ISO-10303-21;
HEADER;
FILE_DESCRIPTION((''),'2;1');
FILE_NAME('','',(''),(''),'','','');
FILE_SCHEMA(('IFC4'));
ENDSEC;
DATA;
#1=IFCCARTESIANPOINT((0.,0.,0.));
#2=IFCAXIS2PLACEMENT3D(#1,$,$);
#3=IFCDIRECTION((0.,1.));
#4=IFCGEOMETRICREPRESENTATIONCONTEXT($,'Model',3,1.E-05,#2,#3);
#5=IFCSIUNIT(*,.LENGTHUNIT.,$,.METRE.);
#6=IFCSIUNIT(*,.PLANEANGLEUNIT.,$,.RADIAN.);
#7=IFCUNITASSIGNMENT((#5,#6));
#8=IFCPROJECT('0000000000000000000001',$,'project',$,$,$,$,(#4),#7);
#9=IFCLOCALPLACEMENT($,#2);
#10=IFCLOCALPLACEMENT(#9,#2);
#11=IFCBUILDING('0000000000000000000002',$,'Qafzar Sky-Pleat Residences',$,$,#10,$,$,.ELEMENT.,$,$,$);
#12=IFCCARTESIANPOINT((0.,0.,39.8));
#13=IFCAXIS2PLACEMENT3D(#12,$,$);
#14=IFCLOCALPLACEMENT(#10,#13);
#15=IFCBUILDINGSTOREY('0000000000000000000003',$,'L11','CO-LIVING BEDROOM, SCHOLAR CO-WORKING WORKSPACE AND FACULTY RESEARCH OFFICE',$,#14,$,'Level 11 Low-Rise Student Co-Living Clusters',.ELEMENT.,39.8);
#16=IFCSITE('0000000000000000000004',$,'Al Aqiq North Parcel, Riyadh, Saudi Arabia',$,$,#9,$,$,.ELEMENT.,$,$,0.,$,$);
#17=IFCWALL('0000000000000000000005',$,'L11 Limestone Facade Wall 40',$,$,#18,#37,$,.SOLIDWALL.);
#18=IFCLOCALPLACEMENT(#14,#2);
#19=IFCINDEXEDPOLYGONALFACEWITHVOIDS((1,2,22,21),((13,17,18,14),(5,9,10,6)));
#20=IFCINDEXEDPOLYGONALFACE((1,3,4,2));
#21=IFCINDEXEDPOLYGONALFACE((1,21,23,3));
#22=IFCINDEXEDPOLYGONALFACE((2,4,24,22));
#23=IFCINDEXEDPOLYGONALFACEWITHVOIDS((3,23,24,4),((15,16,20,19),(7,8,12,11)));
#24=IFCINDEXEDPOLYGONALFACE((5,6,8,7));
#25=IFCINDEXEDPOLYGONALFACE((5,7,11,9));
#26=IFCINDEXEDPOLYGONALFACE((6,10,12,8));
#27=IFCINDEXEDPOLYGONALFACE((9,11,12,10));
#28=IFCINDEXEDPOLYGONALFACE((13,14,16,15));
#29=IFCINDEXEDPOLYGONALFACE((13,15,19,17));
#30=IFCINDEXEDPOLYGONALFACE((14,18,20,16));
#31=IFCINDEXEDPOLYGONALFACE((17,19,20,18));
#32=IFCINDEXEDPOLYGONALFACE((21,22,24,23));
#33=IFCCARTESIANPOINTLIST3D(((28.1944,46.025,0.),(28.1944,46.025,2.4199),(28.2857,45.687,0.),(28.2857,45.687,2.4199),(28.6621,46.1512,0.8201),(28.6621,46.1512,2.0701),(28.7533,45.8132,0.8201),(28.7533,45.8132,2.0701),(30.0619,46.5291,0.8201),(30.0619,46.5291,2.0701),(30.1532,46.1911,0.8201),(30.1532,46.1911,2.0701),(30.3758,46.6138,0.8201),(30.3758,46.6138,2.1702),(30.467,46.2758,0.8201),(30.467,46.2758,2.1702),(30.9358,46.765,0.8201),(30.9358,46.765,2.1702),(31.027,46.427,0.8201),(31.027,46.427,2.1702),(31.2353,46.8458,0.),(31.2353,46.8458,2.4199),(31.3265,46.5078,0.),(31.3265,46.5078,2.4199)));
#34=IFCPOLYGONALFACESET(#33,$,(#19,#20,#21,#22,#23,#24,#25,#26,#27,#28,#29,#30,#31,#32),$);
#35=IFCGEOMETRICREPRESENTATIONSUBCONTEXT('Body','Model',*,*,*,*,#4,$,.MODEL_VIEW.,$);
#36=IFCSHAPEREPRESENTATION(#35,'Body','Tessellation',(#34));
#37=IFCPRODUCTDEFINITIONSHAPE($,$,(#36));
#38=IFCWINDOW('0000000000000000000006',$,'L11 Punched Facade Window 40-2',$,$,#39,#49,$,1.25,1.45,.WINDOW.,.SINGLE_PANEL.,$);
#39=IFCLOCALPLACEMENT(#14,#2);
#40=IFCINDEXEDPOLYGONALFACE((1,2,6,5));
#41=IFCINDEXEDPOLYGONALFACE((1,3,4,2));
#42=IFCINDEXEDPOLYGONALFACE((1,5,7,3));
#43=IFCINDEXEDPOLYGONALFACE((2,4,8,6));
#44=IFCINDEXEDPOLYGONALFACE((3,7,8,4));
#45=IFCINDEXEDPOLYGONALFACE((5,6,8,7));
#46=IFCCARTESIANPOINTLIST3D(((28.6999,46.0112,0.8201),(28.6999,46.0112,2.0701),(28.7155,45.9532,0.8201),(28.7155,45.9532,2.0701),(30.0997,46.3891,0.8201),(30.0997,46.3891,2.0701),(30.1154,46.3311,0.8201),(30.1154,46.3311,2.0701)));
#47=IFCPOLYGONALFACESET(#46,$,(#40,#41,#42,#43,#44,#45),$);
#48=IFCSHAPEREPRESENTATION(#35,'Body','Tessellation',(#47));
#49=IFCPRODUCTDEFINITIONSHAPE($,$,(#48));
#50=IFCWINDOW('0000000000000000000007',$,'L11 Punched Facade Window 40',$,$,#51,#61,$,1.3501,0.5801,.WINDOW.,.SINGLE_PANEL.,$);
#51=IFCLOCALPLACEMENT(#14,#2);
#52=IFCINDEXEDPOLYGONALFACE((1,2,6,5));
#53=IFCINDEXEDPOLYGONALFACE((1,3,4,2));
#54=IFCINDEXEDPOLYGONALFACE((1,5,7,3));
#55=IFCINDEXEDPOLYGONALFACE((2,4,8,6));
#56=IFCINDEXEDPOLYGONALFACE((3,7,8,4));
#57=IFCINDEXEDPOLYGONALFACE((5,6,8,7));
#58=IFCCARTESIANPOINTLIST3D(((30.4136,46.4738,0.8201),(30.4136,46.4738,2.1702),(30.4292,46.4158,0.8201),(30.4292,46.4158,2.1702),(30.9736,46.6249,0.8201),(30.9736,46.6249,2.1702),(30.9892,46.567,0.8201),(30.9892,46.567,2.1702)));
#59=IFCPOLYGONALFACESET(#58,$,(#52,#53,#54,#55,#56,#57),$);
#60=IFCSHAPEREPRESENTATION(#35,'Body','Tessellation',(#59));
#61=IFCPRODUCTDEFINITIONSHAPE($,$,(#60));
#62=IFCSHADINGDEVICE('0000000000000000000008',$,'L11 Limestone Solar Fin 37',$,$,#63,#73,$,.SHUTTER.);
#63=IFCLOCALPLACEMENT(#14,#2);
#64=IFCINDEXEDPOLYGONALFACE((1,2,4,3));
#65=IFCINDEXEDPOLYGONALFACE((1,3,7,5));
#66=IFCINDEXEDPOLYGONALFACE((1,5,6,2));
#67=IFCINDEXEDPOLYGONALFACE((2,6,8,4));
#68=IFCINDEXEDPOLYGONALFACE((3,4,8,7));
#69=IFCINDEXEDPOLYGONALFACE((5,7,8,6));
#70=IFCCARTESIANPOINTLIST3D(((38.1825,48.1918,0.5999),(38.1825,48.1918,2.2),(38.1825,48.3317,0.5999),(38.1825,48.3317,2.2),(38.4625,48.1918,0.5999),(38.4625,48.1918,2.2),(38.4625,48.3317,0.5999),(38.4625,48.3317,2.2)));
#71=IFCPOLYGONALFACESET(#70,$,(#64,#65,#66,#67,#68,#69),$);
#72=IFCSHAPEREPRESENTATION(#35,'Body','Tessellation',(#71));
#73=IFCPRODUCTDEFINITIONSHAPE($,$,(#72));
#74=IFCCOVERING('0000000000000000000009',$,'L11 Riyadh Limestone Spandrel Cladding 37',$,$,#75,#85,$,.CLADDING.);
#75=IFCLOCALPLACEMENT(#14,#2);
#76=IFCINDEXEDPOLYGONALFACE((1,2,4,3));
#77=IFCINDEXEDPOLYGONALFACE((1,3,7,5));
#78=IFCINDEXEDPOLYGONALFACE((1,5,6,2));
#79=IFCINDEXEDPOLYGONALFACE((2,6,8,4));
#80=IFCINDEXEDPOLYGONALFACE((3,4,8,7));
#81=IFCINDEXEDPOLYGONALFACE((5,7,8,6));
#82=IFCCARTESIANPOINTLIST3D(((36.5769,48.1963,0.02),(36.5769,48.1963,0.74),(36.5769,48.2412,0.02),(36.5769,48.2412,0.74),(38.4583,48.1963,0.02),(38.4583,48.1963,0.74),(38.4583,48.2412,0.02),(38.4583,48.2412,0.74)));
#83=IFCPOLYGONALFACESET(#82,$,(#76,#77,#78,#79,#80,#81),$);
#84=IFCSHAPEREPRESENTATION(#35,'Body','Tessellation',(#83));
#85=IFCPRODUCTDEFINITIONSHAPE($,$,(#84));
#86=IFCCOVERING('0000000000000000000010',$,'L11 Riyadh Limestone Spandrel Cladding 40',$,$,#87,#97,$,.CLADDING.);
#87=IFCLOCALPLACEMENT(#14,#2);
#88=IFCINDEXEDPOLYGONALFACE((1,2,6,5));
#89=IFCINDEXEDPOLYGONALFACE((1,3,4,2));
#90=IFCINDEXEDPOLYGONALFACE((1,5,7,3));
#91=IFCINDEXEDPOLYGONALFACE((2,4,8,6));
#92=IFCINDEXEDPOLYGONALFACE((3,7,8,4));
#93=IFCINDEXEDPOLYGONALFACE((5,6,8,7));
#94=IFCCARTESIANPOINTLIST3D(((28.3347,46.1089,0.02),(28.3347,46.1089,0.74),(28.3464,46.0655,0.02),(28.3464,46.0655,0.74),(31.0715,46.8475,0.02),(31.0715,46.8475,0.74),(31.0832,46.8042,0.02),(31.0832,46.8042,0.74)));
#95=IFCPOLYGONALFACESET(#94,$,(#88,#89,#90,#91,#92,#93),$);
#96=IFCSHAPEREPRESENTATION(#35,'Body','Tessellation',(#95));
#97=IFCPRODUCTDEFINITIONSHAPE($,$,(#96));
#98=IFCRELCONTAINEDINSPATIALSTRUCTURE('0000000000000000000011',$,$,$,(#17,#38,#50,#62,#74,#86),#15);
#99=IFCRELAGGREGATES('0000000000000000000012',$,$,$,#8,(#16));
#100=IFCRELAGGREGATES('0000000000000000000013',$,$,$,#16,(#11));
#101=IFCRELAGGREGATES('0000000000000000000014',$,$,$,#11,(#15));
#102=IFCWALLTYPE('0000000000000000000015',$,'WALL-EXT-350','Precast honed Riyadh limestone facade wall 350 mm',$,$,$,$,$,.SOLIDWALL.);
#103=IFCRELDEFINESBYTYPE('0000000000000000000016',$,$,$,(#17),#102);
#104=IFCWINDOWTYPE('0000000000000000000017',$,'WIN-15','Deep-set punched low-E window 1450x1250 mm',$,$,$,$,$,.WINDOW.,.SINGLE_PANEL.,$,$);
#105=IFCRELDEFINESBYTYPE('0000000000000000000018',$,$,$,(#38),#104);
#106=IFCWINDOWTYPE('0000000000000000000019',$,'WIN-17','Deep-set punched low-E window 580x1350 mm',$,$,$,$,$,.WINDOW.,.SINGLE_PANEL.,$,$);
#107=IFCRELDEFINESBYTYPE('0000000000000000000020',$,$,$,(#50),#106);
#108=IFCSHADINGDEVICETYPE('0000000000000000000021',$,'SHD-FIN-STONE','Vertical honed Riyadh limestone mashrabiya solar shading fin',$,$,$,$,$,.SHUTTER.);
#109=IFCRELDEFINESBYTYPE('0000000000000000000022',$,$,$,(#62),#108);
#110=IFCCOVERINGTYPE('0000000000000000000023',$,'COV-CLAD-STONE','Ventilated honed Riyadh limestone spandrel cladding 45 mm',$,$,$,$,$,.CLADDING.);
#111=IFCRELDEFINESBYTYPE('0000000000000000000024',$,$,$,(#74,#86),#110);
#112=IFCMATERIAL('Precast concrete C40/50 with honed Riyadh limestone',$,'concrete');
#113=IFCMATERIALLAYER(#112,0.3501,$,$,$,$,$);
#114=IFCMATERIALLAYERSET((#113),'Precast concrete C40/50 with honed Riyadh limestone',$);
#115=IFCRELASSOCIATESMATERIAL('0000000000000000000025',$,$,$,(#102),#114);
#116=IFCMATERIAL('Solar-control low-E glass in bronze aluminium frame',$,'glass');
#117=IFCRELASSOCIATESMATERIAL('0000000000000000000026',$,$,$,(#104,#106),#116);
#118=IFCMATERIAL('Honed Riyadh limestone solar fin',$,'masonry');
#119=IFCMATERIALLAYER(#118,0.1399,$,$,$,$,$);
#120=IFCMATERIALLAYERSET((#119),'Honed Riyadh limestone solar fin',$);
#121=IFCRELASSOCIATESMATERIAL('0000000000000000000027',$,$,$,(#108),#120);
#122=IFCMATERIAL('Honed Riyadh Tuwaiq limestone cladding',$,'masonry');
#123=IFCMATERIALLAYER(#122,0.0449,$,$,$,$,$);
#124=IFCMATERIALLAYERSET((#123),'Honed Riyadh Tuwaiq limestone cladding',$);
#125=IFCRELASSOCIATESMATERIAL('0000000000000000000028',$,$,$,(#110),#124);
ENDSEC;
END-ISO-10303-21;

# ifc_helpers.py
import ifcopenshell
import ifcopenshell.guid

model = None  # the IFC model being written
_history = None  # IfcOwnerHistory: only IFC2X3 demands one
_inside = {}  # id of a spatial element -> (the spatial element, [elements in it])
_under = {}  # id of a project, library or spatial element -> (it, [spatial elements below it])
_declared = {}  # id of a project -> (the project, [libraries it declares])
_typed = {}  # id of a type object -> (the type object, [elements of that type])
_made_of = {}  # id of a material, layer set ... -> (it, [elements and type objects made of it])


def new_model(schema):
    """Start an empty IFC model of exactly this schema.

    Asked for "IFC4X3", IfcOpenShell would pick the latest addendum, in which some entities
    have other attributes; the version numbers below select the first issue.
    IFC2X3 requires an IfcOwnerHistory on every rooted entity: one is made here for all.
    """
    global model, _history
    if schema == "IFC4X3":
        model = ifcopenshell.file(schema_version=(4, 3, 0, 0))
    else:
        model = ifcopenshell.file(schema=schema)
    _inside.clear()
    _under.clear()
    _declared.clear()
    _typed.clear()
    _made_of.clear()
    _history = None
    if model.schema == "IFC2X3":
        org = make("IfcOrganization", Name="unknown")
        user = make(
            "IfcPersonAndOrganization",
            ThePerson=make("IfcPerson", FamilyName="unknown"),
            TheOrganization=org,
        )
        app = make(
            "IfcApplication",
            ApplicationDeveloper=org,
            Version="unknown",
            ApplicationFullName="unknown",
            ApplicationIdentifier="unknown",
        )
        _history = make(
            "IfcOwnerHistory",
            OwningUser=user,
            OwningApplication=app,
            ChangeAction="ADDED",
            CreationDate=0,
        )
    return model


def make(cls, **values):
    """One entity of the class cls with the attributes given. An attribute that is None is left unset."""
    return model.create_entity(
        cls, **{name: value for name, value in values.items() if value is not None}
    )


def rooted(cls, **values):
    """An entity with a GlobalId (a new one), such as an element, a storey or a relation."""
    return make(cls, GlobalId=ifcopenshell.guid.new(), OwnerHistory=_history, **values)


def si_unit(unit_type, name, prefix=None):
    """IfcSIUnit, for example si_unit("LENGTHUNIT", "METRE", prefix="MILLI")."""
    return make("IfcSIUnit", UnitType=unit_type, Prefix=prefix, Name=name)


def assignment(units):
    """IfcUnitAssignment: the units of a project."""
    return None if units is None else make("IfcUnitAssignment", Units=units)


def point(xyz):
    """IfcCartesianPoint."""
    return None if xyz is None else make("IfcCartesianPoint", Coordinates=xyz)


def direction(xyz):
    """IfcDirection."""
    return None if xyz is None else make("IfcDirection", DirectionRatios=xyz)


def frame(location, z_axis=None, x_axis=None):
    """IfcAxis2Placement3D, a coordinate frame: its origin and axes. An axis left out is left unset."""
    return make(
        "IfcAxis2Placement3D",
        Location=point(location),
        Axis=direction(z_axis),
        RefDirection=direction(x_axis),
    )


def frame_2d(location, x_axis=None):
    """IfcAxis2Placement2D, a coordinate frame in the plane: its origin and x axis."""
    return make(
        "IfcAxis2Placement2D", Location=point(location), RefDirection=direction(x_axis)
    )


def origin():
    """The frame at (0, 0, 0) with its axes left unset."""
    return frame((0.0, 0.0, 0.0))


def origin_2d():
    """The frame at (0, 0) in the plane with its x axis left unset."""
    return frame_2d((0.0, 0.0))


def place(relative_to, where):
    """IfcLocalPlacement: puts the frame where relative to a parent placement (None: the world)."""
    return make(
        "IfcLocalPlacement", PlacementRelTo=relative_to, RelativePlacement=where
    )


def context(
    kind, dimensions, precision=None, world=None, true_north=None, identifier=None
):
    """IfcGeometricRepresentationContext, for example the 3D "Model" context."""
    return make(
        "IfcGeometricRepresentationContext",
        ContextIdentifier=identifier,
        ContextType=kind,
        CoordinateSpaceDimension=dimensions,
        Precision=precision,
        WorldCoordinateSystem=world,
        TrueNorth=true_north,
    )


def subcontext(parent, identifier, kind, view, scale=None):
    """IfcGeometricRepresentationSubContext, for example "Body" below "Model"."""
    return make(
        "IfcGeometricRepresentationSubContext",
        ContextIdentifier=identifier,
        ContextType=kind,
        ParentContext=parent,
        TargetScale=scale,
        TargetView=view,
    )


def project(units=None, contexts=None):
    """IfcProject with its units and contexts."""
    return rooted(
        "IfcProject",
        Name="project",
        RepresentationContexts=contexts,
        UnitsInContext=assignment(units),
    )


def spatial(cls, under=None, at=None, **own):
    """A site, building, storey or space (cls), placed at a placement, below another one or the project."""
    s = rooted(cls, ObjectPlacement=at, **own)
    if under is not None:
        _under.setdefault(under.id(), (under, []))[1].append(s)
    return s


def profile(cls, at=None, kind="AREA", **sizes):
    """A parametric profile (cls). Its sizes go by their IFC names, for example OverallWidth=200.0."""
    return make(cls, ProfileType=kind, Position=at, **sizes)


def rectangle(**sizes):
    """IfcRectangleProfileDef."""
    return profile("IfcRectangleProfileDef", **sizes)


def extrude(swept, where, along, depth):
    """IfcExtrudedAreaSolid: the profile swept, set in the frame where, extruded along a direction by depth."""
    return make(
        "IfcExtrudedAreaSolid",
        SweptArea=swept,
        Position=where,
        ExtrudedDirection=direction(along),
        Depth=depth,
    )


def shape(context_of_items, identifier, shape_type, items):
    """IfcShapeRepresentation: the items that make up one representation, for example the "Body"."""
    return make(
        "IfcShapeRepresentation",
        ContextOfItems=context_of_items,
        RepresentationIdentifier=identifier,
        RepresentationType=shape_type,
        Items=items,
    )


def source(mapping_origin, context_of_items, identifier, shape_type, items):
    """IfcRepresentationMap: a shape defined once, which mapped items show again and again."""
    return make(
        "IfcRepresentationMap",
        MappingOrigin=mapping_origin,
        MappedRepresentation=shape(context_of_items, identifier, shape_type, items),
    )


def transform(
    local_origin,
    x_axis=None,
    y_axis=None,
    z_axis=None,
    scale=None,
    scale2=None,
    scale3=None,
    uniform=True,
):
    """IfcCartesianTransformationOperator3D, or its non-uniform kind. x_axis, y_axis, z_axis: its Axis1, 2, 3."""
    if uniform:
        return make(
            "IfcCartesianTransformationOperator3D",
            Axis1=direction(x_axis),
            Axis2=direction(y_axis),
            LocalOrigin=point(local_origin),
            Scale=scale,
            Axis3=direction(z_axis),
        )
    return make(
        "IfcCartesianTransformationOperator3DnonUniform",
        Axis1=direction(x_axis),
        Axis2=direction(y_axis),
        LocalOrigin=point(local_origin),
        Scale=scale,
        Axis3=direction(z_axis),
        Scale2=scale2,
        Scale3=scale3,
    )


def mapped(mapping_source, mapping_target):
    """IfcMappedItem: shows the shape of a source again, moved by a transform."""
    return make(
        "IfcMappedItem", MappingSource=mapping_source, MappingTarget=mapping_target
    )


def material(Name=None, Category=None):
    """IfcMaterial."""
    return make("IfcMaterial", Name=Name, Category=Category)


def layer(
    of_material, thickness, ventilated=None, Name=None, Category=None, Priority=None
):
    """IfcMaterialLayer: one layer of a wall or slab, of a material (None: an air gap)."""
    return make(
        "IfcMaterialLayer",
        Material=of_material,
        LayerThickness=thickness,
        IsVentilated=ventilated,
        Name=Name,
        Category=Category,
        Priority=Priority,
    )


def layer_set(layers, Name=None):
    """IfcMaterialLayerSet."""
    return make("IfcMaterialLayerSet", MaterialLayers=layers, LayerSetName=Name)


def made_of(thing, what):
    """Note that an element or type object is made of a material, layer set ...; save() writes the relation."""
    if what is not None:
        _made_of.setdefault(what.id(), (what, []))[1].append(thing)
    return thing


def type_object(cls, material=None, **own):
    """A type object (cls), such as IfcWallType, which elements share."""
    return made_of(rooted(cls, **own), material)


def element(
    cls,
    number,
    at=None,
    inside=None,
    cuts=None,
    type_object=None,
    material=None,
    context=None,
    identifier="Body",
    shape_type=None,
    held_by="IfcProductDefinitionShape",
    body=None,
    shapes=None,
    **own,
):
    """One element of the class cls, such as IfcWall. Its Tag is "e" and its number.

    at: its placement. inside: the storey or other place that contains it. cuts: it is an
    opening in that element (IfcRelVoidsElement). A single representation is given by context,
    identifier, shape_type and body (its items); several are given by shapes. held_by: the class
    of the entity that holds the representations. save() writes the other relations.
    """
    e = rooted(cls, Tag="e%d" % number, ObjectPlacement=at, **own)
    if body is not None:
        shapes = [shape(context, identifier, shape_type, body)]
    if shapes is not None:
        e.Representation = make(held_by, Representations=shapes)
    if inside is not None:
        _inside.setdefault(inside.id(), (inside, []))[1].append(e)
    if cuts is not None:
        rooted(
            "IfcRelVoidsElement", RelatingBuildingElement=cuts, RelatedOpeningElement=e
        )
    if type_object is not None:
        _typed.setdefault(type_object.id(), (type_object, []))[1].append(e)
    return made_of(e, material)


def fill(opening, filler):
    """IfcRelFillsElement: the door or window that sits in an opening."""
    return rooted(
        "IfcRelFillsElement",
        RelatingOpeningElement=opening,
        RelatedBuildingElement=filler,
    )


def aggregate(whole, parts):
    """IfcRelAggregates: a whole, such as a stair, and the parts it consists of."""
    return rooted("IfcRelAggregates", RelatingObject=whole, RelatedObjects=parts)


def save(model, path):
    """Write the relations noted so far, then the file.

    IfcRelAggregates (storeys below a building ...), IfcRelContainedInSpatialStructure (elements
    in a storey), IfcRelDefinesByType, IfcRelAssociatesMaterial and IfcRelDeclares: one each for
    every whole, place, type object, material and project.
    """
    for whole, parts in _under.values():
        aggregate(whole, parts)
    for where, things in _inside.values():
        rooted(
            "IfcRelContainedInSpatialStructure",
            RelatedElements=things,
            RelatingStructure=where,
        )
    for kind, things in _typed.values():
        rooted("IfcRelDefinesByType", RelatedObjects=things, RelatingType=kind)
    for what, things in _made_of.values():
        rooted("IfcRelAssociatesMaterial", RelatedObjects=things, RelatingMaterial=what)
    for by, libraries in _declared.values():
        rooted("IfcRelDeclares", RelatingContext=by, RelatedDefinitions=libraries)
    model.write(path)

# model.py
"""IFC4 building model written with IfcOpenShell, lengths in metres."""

from ifc_helpers import new_model, si_unit, direction, frame, frame_2d, origin, origin_2d, place, context, subcontext, project, spatial, rectangle, extrude, source, transform, mapped, material, layer, layer_set, type_object, element, fill, save


model = new_model("IFC4")

# Units and contexts
model_context = context("Model", 3, precision=1e-05, world=origin(), true_north=direction((0.0, 1.0)))
body_context = subcontext(model_context, "Body", "Model", "MODEL_VIEW")
ifc_project = project(units=[si_unit("LENGTHUNIT", "METRE"), si_unit("PLANEANGLEUNIT", "RADIAN")], contexts=[model_context])

# Site, building, storey
site_placement = place(None, origin())
site = spatial("IfcSite", under=ifc_project, at=site_placement, Name="Al Aqiq North Parcel, Riyadh, Saudi Arabia", CompositionType="ELEMENT", RefElevation=0.0)
building_placement = place(site_placement, origin())
building = spatial("IfcBuilding", under=site, at=building_placement, Name="Qafzar Sky-Pleat Residences", CompositionType="ELEMENT")
storey_placement = place(building_placement, frame((0.0, 0.0, 39.8)))
storey = spatial("IfcBuildingStorey", under=building, at=storey_placement, Name="L11", Description="CO-LIVING BEDROOM, SCHOLAR CO-WORKING WORKSPACE AND FACULTY RESEARCH OFFICE", LongName="Level 11 Low-Rise Student Co-Living Clusters", CompositionType="ELEMENT", Elevation=39.8)

# Shared definitions
ifc_material_1 = material(Name="Precast concrete C40/50 with honed Riyadh limestone", Category="concrete")
ifc_layer_1 = layer(ifc_material_1, 0.3501)
ifc_layer_set_1 = layer_set([ifc_layer_1], Name="Precast concrete C40/50 with honed Riyadh limestone")
wall_type_1 = type_object("IfcWallType", Name="WALL-EXT-350", Description="Precast honed Riyadh limestone facade wall 350 mm", PredefinedType="SOLIDWALL", material=ifc_layer_set_1)
ifc_material_2 = material(Name="Solar-control low-E glass in bronze aluminium frame", Category="glass")
window_type_1 = type_object("IfcWindowType", Name="WIN-15", Description="Deep-set punched low-E window 1450x1250 mm", PartitioningType="SINGLE_PANEL", PredefinedType="WINDOW", material=ifc_material_2)
shared_shape_1 = source(origin(), body_context, "Body", "SweptSolid", [
    extrude(rectangle(XDim=1.45, YDim=1.25, at=frame_2d((0.7251, 0.625))), frame((0.0, 0.03, 0.0), z_axis=(0.0, -1.0, 0.0), x_axis=(1.0, 0.0, 0.0)), (0.0, 0.0, 1.0), 0.0601),
])

# Wall, openings, windows
window_type_2 = type_object("IfcWindowType", Name="WIN-17", Description="Deep-set punched low-E window 580x1350 mm", PartitioningType="SINGLE_PANEL", PredefinedType="WINDOW", material=ifc_material_2)
shared_shape_2 = source(origin(), body_context, "Body", "SweptSolid", [
    extrude(rectangle(XDim=0.5801, YDim=1.3501, at=frame_2d((0.29, 0.675))), frame((0.0, 0.03, 0.0), z_axis=(0.0, -1.0, 0.0), x_axis=(1.0, 0.0, 0.0)), (0.0, 0.0, 1.0), 0.0601),
])
wall_1_placement = place(storey_placement, frame((31.2808, 46.6768, 0.0), z_axis=(0.0, 0.0, 1.0), x_axis=(-0.965446, -0.260604, 0.0)))
wall_1 = element("IfcWall", 1, at=wall_1_placement, inside=storey, type_object=wall_type_1, Name="L11 Limestone Facade Wall 40", PredefinedType="SOLIDWALL", context=body_context, shape_type="SweptSolid", body=[
    extrude(rectangle(XDim=3.1497, YDim=0.3501, at=frame_2d((1.5747, 0.0))), origin(), (0.0, 0.0, 1.0), 2.4199),
])
opening_1_placement = place(wall_1_placement, frame((0.3101, 0.0, 0.8201)))
opening_1 = element("IfcOpeningElement", 2, at=opening_1_placement, cuts=wall_1, PredefinedType="OPENING", context=body_context, shape_type="SweptSolid", body=[
    extrude(rectangle(XDim=0.5801, YDim=1.3501, at=frame_2d((0.29, 0.675))), frame((0.0, 0.1851, 0.0), z_axis=(0.0, -1.0, 0.0), x_axis=(1.0, 0.0, 0.0)), (0.0, 0.0, 1.0), 0.3701),
])
opening_2_placement = place(wall_1_placement, frame((1.2151, 0.0, 0.8201)))
opening_2 = element("IfcOpeningElement", 3, at=opening_2_placement, cuts=wall_1, PredefinedType="OPENING", context=body_context, shape_type="SweptSolid", body=[
    extrude(rectangle(XDim=1.45, YDim=1.25, at=frame_2d((0.7251, 0.625))), frame((0.0, 0.1851, 0.0), z_axis=(0.0, -1.0, 0.0), x_axis=(1.0, 0.0, 0.0)), (0.0, 0.0, 1.0), 0.3701),
])
window_1_placement = place(opening_2_placement, origin())
window_1 = element("IfcWindow", 4, at=window_1_placement, inside=storey, type_object=window_type_1, Name="L11 Punched Facade Window 40-2", OverallHeight=1.25, OverallWidth=1.45, PartitioningType="SINGLE_PANEL", PredefinedType="WINDOW", context=body_context, shape_type="MappedRepresentation", body=[
    mapped(shared_shape_1, transform((0.0, 0.0, 0.0), x_axis=(1.0, 0.0, 0.0), y_axis=(0.0, 1.0, 0.0), z_axis=(0.0, 0.0, 1.0), scale=1.0)),
])
fill(opening_2, window_1)
window_2_placement = place(opening_1_placement, origin())
window_2 = element("IfcWindow", 5, at=window_2_placement, inside=storey, type_object=window_type_2, Name="L11 Punched Facade Window 40", OverallHeight=1.3501, OverallWidth=0.5801, PartitioningType="SINGLE_PANEL", PredefinedType="WINDOW", context=body_context, shape_type="MappedRepresentation", body=[
    mapped(shared_shape_2, transform((0.0, 0.0, 0.0), x_axis=(1.0, 0.0, 0.0), y_axis=(0.0, 1.0, 0.0), z_axis=(0.0, 0.0, 1.0), scale=1.0)),
])
fill(opening_1, window_2)

# Shading device
ifc_material_3 = material(Name="Honed Riyadh limestone solar fin", Category="masonry")
ifc_layer_2 = layer(ifc_material_3, 0.1399)
ifc_layer_set_2 = layer_set([ifc_layer_2], Name="Honed Riyadh limestone solar fin")
shading_device_type = type_object("IfcShadingDeviceType", Name="SHD-FIN-STONE", Description="Vertical honed Riyadh limestone mashrabiya solar shading fin", PredefinedType="SHUTTER", material=ifc_layer_set_2)
shared_shape_3 = source(origin(), body_context, "Body", "SweptSolid", [
    extrude(rectangle(XDim=0.1399, YDim=0.28, at=origin_2d()), origin(), (0.0, 0.0, 1.0), 1.6001),
])
shading_device_placement = place(storey_placement, frame((38.3225, 48.2617, 0.5999), z_axis=(0.0, 0.0, 1.0), x_axis=(0.0, 1.0, 0.0)))
element("IfcShadingDevice", 6, at=shading_device_placement, inside=storey, type_object=shading_device_type, Name="L11 Limestone Solar Fin 37", PredefinedType="SHUTTER", context=body_context, shape_type="MappedRepresentation", body=[
    mapped(shared_shape_3, transform((0.0, 0.0, 0.0), x_axis=(1.0, 0.0, 0.0), y_axis=(0.0, 1.0, 0.0), z_axis=(0.0, 0.0, 1.0), scale=1.0)),
])

# Covering
ifc_material_4 = material(Name="Honed Riyadh Tuwaiq limestone cladding", Category="masonry")
ifc_layer_3 = layer(ifc_material_4, 0.0449)
ifc_layer_set_3 = layer_set([ifc_layer_3], Name="Honed Riyadh Tuwaiq limestone cladding")
covering_type = type_object("IfcCoveringType", Name="COV-CLAD-STONE", Description="Ventilated honed Riyadh limestone spandrel cladding 45 mm", PredefinedType="CLADDING", material=ifc_layer_set_3)
shared_shape_4 = source(origin(), body_context, "Body", "SweptSolid", [
    extrude(rectangle(XDim=1.8813, YDim=0.0449, at=origin_2d()), origin(), (0.0, 0.0, 1.0), 0.72),
])
covering_1_placement = place(storey_placement, frame((37.5176, 48.2188, 0.02), z_axis=(0.0, 0.0, 1.0), x_axis=(-1.0, 0.0, 0.0)))
element("IfcCovering", 7, at=covering_1_placement, inside=storey, type_object=covering_type, Name="L11 Riyadh Limestone Spandrel Cladding 37", PredefinedType="CLADDING", context=body_context, shape_type="MappedRepresentation", body=[
    mapped(shared_shape_4, transform((0.0, 0.0, 0.0), x_axis=(1.0, 0.0, 0.0), y_axis=(0.0, 1.0, 0.0), z_axis=(0.0, 0.0, 1.0), scale=1.0)),
])

# Covering
shared_shape_5 = source(origin(), body_context, "Body", "SweptSolid", [
    extrude(rectangle(XDim=2.8347, YDim=0.0449, at=origin_2d()), origin(), (0.0, 0.0, 1.0), 0.72),
])
covering_2_placement = place(storey_placement, frame((29.709, 46.4565, 0.02), z_axis=(0.0, 0.0, 1.0), x_axis=(-0.965456, -0.260564, 0.0)))
element("IfcCovering", 8, at=covering_2_placement, inside=storey, type_object=covering_type, Name="L11 Riyadh Limestone Spandrel Cladding 40", PredefinedType="CLADDING", context=body_context, shape_type="MappedRepresentation", body=[
    mapped(shared_shape_5, transform((0.0, 0.0, 0.0), x_axis=(1.0, 0.0, 0.0), y_axis=(0.0, 1.0, 0.0), z_axis=(0.0, 0.0, 1.0), scale=1.0)),
])

save(model, "model.ifc")
